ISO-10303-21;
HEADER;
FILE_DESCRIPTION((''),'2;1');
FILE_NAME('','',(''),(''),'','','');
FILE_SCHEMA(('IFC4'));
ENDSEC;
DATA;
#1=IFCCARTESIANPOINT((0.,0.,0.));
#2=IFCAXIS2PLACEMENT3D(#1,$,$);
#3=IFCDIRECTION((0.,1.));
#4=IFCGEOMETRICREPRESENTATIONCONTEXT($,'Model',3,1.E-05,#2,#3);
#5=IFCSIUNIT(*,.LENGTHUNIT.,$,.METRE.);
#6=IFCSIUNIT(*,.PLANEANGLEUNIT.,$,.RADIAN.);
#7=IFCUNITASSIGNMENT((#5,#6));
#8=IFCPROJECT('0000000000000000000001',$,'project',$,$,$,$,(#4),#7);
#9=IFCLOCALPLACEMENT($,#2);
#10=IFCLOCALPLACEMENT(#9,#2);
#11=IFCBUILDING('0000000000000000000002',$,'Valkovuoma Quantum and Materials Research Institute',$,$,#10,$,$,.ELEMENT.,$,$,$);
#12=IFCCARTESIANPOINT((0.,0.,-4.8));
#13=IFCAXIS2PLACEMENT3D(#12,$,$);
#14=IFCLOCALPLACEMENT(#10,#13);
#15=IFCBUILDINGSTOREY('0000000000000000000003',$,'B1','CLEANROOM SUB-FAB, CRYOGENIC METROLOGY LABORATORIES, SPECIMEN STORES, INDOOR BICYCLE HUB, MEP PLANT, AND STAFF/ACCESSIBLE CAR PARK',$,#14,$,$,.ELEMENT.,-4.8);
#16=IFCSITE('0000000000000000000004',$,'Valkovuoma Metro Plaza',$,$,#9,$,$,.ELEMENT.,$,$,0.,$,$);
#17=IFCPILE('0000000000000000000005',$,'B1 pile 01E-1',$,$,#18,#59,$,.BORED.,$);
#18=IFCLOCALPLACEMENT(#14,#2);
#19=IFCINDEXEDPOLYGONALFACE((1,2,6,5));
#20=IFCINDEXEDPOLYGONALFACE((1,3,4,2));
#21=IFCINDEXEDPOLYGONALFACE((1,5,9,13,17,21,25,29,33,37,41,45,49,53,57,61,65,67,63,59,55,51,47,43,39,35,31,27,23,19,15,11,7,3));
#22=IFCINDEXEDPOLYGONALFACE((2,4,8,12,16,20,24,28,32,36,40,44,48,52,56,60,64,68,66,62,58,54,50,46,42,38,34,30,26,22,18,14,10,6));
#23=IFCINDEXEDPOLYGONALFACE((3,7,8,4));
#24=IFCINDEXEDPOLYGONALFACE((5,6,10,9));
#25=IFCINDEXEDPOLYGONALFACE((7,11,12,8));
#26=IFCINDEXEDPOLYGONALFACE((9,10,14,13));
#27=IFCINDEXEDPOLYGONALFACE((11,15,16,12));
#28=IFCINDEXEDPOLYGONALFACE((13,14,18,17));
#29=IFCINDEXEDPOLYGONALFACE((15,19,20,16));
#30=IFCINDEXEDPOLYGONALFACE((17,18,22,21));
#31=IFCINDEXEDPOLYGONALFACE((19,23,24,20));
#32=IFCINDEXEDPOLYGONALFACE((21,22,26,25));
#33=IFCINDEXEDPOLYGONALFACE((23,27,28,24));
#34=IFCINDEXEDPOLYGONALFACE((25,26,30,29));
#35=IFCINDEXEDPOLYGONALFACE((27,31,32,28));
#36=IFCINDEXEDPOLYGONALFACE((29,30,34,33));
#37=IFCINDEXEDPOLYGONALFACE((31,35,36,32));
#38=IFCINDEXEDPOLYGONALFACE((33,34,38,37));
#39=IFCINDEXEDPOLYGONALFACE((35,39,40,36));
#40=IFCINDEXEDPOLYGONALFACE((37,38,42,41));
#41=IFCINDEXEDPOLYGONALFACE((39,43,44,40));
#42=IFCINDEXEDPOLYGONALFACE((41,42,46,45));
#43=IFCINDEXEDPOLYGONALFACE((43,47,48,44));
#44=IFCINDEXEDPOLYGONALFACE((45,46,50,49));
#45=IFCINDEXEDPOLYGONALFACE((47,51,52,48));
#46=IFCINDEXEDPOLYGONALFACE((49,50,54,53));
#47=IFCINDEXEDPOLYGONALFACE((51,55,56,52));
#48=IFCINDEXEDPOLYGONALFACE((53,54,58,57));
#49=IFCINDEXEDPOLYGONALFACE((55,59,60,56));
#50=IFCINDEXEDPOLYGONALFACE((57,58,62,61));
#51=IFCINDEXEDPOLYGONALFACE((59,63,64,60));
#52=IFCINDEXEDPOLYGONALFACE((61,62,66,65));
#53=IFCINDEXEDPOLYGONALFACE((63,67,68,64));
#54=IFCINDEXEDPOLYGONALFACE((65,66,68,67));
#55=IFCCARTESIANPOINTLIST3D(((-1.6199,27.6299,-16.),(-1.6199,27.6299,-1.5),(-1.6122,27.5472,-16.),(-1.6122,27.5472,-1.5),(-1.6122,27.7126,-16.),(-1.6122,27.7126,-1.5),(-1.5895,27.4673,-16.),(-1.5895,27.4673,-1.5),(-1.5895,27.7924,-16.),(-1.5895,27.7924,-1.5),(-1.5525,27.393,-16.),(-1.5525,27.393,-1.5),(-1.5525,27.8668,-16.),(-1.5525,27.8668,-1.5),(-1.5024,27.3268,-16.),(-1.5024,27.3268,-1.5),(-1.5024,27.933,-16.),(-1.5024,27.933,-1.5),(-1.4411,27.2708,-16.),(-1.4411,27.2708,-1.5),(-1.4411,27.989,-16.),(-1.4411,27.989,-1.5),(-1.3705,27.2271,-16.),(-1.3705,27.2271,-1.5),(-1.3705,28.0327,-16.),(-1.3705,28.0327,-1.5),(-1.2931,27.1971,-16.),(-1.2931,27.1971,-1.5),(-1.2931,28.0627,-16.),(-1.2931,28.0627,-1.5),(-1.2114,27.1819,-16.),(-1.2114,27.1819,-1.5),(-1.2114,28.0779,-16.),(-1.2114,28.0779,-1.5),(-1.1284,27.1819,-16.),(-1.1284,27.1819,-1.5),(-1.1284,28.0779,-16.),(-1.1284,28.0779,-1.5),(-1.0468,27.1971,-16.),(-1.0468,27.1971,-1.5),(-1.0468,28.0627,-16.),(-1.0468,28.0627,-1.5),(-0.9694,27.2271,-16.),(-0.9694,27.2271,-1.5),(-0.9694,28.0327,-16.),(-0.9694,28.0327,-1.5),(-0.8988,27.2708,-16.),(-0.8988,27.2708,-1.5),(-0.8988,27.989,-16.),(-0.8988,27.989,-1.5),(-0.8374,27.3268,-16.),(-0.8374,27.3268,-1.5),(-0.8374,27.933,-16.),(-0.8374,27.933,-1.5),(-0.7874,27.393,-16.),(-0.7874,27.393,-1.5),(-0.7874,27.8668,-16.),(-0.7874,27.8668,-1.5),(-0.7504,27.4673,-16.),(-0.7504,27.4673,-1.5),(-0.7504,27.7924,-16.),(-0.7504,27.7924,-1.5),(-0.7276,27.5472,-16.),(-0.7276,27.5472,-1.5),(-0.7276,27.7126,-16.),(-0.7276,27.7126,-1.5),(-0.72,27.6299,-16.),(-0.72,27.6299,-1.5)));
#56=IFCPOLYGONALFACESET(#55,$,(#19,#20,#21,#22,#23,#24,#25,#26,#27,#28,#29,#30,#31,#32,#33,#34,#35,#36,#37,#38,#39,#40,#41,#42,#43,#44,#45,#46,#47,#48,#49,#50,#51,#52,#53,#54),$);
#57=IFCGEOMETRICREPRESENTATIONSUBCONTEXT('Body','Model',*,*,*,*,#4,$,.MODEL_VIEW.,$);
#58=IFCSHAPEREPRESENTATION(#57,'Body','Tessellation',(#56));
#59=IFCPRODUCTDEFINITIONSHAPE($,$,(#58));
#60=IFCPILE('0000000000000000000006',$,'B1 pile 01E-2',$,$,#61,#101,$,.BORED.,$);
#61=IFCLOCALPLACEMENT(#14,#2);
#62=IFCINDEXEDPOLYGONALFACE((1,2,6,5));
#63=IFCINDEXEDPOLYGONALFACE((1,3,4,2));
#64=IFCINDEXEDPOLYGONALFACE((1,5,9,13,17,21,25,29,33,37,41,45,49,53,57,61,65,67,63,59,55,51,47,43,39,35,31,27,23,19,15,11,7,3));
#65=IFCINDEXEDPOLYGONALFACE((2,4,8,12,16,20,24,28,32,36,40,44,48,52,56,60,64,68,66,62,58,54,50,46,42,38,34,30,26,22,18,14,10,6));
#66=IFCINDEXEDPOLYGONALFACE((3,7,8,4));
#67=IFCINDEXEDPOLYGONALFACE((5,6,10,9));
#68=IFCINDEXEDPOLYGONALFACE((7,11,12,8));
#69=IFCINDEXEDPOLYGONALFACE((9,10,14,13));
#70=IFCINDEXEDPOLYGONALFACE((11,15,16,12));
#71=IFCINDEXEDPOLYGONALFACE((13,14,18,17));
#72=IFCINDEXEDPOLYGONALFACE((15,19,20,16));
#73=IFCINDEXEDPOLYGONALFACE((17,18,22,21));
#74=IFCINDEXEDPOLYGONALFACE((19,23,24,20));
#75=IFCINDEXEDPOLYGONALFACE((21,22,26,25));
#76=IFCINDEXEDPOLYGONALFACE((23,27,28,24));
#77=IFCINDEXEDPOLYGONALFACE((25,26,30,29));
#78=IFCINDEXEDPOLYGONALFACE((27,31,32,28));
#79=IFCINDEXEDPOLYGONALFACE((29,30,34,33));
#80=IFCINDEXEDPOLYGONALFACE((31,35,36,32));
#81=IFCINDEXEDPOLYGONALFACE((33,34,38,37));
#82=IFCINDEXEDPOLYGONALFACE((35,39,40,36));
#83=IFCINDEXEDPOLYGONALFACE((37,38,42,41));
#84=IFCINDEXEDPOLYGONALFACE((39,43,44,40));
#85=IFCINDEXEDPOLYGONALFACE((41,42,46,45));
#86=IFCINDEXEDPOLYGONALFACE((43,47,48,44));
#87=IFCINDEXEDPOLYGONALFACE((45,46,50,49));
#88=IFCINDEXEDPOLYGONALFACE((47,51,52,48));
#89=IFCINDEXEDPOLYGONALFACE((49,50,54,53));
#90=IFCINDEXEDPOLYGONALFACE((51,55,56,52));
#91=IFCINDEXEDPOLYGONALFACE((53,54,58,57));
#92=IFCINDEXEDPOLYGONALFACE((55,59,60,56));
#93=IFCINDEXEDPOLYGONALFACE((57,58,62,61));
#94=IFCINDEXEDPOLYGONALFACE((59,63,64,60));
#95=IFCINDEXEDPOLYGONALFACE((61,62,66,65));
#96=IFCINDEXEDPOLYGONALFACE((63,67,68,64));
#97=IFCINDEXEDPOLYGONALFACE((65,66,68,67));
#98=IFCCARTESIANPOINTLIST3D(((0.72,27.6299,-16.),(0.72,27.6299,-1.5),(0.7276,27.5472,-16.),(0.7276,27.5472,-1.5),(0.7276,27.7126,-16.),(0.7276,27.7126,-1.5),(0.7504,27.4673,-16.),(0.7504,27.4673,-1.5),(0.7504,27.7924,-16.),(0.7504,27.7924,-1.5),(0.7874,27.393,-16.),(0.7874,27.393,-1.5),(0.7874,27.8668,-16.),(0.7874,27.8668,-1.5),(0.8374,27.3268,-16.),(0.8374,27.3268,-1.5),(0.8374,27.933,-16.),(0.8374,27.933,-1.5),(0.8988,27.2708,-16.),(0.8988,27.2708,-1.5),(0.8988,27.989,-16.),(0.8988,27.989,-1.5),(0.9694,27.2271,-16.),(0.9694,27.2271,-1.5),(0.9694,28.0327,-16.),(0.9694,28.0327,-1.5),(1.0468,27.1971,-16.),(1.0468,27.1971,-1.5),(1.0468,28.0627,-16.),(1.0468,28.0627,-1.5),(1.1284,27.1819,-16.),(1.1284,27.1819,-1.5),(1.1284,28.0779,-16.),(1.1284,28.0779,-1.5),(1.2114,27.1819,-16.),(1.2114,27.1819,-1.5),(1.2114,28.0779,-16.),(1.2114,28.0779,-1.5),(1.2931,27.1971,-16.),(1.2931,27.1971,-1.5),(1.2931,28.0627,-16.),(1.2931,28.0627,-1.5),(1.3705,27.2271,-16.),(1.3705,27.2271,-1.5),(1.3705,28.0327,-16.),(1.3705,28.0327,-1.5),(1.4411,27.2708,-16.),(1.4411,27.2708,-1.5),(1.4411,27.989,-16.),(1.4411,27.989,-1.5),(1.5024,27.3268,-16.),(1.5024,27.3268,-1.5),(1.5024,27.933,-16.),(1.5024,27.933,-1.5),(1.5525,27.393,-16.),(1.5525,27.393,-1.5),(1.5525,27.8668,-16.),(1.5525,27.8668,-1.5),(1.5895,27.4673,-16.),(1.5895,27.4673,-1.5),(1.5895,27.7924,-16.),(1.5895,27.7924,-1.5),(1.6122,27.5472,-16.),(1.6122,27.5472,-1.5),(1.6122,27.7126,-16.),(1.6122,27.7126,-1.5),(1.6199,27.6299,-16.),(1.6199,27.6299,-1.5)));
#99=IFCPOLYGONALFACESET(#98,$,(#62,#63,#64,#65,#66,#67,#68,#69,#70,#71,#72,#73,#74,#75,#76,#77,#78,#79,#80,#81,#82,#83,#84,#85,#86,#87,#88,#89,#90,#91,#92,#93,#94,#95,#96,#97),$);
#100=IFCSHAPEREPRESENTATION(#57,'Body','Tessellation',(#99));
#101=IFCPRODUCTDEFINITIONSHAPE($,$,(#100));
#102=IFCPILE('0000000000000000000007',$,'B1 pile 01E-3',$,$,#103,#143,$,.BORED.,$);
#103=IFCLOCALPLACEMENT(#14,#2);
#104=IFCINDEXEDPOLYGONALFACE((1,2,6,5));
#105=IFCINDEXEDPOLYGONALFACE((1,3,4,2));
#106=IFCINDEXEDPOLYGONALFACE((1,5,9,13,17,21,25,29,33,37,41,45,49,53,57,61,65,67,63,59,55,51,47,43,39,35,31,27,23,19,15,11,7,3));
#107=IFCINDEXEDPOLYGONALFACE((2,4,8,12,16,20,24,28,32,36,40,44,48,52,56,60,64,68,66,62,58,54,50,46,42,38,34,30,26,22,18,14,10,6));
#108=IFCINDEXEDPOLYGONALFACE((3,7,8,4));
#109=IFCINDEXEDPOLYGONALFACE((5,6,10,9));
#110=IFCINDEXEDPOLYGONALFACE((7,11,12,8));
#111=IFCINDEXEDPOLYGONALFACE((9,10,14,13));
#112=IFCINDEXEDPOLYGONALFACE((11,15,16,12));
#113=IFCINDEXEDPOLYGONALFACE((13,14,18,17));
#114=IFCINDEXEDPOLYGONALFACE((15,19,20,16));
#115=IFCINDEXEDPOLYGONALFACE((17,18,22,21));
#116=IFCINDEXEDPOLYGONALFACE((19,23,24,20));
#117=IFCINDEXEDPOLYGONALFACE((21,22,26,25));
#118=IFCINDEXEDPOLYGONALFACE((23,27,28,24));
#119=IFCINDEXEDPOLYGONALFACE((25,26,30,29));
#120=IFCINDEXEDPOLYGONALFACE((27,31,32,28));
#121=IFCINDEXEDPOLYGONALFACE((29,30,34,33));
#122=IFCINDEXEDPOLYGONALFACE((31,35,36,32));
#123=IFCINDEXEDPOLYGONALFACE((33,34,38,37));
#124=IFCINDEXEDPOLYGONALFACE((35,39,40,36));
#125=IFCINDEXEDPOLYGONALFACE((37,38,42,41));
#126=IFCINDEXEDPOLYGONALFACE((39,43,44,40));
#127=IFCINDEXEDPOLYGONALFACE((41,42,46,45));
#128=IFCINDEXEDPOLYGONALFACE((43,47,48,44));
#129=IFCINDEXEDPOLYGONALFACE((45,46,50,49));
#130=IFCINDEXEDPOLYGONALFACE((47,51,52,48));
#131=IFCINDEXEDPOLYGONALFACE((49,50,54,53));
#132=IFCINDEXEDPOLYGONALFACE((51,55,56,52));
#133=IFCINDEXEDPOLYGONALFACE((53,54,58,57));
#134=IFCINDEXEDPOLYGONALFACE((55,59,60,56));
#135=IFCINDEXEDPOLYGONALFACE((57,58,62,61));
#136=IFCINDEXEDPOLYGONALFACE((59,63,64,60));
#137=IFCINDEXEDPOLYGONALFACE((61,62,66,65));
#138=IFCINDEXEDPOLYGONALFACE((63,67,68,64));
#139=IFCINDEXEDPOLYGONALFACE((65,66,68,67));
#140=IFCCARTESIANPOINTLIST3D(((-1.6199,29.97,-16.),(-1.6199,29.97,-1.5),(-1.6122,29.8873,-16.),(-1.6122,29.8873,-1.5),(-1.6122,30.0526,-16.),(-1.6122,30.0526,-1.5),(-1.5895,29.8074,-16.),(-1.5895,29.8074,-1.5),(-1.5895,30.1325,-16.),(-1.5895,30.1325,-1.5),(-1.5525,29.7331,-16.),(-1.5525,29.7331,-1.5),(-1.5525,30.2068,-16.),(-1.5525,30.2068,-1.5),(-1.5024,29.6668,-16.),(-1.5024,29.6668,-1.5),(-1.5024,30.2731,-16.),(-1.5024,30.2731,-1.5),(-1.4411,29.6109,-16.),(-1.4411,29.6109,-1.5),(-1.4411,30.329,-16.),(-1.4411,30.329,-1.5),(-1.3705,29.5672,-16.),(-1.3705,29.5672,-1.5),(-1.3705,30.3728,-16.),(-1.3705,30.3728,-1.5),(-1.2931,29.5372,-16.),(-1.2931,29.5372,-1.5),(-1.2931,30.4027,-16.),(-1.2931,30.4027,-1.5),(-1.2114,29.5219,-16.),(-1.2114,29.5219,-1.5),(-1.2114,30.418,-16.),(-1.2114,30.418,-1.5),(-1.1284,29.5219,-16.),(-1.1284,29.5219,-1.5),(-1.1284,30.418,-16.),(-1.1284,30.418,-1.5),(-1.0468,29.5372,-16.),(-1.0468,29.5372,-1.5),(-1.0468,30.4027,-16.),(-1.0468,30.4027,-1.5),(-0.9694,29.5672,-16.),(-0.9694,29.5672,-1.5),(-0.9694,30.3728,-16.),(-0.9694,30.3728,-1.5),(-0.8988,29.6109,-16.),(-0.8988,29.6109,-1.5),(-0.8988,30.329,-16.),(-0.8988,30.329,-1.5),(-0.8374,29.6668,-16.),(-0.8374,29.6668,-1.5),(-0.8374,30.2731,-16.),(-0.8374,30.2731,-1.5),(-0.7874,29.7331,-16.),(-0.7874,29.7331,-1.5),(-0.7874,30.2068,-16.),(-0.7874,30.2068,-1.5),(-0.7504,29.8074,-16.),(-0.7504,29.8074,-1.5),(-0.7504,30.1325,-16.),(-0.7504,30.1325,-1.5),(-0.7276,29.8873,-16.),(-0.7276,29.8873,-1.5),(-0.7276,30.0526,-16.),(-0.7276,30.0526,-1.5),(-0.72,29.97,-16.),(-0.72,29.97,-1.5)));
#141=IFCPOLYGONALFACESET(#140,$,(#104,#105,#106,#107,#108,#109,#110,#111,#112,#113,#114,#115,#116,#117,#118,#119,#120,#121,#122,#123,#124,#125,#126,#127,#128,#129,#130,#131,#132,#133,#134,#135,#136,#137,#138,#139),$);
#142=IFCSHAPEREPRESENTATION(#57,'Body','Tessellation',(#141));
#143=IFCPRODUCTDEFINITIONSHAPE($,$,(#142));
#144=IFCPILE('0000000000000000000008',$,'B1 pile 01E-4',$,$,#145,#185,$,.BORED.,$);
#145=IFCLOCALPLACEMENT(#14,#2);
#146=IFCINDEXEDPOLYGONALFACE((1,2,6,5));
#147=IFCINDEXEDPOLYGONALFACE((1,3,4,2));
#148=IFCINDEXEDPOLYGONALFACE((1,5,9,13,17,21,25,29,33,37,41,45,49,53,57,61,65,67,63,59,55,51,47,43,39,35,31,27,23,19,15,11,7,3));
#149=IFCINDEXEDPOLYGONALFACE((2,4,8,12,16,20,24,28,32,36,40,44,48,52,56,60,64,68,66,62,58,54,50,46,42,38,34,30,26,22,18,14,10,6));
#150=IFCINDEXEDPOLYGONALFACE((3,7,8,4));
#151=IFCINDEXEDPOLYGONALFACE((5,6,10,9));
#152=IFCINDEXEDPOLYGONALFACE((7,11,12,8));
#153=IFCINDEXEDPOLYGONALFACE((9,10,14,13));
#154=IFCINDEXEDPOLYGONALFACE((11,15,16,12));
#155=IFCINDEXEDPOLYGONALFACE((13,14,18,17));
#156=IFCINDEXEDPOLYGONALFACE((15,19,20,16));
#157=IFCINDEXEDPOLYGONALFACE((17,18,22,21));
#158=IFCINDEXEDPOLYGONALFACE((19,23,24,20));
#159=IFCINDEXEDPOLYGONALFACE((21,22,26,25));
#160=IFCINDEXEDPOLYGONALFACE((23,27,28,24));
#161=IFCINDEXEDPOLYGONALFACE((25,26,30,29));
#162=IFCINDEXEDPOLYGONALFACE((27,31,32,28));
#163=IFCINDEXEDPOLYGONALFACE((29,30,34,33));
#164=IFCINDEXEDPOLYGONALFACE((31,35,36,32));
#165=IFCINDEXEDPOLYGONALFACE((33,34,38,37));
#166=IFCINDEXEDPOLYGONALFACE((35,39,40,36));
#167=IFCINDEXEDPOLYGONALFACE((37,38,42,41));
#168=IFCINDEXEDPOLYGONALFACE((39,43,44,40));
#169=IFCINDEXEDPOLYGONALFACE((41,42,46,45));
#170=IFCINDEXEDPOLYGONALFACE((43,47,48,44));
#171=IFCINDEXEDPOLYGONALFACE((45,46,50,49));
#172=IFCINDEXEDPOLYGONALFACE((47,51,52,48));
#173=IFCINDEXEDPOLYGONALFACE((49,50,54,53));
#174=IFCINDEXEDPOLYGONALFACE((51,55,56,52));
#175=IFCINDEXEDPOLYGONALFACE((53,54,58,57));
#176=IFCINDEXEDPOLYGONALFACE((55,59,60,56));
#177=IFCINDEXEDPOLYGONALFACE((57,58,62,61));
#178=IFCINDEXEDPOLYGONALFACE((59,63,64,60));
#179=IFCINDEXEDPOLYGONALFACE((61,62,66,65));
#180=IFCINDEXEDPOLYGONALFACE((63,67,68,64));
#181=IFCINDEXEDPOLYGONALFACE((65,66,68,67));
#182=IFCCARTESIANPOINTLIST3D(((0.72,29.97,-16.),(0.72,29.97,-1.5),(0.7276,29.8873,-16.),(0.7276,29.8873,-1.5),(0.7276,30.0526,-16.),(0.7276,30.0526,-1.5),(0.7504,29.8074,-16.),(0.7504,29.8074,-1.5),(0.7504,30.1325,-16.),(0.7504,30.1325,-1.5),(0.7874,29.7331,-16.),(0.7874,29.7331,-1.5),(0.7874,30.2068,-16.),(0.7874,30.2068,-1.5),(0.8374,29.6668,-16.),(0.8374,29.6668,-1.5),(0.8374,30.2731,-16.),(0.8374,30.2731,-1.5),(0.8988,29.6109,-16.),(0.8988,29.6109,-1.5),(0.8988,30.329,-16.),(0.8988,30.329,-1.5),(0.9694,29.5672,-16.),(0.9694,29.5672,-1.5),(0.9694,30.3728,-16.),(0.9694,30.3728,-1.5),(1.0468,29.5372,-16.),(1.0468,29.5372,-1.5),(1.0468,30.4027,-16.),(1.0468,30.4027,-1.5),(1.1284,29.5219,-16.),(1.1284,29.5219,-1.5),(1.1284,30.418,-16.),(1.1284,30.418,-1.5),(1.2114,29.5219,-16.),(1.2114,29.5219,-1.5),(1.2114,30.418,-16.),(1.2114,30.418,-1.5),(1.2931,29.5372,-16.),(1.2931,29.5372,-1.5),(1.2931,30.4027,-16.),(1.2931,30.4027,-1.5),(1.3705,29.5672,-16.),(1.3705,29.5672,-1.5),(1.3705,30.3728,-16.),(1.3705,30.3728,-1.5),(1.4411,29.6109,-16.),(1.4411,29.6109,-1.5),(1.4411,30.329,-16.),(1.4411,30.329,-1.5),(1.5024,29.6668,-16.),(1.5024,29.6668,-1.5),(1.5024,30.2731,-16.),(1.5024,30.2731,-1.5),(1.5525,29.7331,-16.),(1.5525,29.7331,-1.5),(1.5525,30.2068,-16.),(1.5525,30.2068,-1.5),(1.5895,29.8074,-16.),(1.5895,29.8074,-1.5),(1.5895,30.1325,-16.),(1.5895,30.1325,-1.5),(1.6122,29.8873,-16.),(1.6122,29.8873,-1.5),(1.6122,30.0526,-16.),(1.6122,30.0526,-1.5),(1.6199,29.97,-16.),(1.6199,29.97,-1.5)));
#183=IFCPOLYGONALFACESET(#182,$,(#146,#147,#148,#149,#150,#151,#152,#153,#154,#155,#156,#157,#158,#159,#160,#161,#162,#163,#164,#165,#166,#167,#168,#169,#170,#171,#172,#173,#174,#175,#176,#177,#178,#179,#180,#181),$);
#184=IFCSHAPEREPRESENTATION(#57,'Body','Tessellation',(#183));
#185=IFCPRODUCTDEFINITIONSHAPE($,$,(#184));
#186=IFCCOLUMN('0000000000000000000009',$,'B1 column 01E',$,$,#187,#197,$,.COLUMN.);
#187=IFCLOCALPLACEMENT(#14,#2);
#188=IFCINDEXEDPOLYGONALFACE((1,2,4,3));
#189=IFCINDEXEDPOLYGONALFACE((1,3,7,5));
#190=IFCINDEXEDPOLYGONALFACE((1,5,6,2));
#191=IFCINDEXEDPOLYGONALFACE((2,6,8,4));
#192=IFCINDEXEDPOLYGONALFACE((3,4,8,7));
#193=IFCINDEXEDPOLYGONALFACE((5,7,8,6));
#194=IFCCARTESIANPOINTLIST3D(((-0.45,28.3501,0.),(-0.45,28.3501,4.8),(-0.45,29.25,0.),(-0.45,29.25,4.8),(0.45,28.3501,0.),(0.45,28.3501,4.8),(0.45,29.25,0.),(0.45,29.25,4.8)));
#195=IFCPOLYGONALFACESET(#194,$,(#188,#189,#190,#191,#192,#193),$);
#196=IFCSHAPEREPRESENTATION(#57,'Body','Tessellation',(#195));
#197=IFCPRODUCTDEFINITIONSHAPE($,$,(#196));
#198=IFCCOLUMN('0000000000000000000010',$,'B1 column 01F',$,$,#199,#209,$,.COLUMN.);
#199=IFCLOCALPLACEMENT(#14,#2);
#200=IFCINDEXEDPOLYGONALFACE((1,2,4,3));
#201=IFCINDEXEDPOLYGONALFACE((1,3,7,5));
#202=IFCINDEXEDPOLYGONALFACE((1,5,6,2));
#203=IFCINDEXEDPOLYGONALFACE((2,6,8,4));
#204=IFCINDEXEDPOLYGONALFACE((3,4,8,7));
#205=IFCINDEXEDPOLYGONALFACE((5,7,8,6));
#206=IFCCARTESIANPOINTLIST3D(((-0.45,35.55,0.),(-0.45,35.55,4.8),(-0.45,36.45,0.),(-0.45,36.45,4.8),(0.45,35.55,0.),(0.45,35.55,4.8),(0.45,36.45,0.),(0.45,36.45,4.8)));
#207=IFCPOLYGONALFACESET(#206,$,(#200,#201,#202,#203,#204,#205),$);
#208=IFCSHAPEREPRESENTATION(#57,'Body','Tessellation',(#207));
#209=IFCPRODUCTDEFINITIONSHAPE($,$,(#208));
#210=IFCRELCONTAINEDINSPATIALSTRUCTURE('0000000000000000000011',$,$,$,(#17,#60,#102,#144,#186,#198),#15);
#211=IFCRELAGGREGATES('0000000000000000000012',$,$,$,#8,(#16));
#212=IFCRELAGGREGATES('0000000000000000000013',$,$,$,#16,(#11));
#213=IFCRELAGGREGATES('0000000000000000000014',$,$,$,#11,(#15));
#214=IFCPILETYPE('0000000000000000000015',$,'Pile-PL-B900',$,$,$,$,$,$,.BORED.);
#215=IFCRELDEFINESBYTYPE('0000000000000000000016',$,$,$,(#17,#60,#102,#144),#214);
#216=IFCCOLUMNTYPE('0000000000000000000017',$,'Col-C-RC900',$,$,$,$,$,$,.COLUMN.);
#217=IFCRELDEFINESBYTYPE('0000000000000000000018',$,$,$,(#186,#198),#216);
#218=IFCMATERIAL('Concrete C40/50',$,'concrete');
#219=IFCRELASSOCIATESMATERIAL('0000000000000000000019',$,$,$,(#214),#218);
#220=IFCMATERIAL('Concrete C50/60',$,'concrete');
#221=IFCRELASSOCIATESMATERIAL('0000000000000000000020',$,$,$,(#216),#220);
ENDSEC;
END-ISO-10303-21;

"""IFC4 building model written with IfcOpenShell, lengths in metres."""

from ifc_helpers import new_model, si_unit, direction, frame, origin, origin_2d, place, context, subcontext, project, spatial, rectangle, circle, extrude, material, material_profile, profile_set, type_object, element, save


model = new_model("IFC4")

# Units and contexts
model_context = context("Model", 3, precision=1e-05, world=origin(), true_north=direction((0.0, 1.0)))
body_context = subcontext(model_context, "Body", "Model", "MODEL_VIEW")
ifc_project = project(units=[si_unit("LENGTHUNIT", "METRE"), si_unit("PLANEANGLEUNIT", "RADIAN")], contexts=[model_context])

# Site, building, storey
site_placement = place(None, origin())
site = spatial("IfcSite", under=ifc_project, at=site_placement, Name="Valkovuoma Metro Plaza", CompositionType="ELEMENT", RefElevation=0.0)
building_placement = place(site_placement, origin())
building = spatial("IfcBuilding", under=site, at=building_placement, Name="Valkovuoma Quantum and Materials Research Institute", CompositionType="ELEMENT")
storey_placement = place(building_placement, frame((0.0, 0.0, -4.8)))
storey = spatial("IfcBuildingStorey", under=building, at=storey_placement, Name="B1", Description="CLEANROOM SUB-FAB, CRYOGENIC METROLOGY LABORATORIES, SPECIMEN STORES, INDOOR BICYCLE HUB, MEP PLANT, AND STAFF/ACCESSIBLE CAR PARK", CompositionType="ELEMENT", Elevation=-4.8)

# Piles
ifc_material_1 = material(Name="Concrete C40/50", Category="concrete")
ifc_material_profile_1 = material_profile(ifc_material_1, circle(Radius=0.45, at=origin_2d()), Name="Concrete C40/50")
ifc_profile_set_1 = profile_set([ifc_material_profile_1], Name="Concrete C40/50")
pile_type_1 = type_object("IfcPileType", Name="Pile-PL-B900", PredefinedType="BORED", material=ifc_profile_set_1)
for number, where, z_axis, x_axis, name in (
    (1, (-1.1699, 27.6299, -1.5), (0.0, 0.0, -1.0), (1.0, 0.0, 0.0), "B1 pile 01E-1"),
    (2, (1.1699, 27.6299, -1.5), (0.0, 0.0, -1.0), (1.0, 0.0, 0.0), "B1 pile 01E-2"),
    (3, (-1.1699, 29.97, -1.5), (0.0, 0.0, -1.0), (1.0, 0.0, 0.0), "B1 pile 01E-3"),
    (4, (1.1699, 29.97, -1.5), (0.0, 0.0, -1.0), (1.0, 0.0, 0.0), "B1 pile 01E-4"),
):
    element("IfcPile", number, at=place(storey_placement, frame(where, z_axis=z_axis, x_axis=x_axis)), inside=storey, type_object=pile_type_1, Name=name, PredefinedType="BORED", context=body_context, shape_type="SweptSolid", body=[
        extrude(circle(Radius=0.45, at=origin_2d()), origin(), (0.0, 0.0, 1.0), 14.5),
    ])

# Columns
ifc_material_2 = material(Name="Concrete C50/60", Category="concrete")
ifc_material_profile_2 = material_profile(ifc_material_2, rectangle(XDim=0.8999, YDim=0.8999, at=origin_2d()), Name="Concrete C50/60")
ifc_profile_set_2 = profile_set([ifc_material_profile_2], Name="Concrete C50/60")
column_type = type_object("IfcColumnType", Name="Col-C-RC900", PredefinedType="COLUMN", material=ifc_profile_set_2)
for number, where, z_axis, x_axis, name in (
    (5, (0.0, 28.8, 0.0), (0.0, 0.0, 1.0), (1.0, 0.0, 0.0), "B1 column 01E"),
    (6, (0.0, 36.0, 0.0), (0.0, 0.0, 1.0), (1.0, 0.0, 0.0), "B1 column 01F"),
):
    element("IfcColumn", number, at=place(storey_placement, frame(where, z_axis=z_axis, x_axis=x_axis)), inside=storey, type_object=column_type, Name=name, PredefinedType="COLUMN", context=body_context, shape_type="SweptSolid", body=[
        extrude(rectangle(XDim=0.8999, YDim=0.8999, at=origin_2d()), origin(), (0.0, 0.0, 1.0), 4.8),
    ])

save(model, "model.ifc")
